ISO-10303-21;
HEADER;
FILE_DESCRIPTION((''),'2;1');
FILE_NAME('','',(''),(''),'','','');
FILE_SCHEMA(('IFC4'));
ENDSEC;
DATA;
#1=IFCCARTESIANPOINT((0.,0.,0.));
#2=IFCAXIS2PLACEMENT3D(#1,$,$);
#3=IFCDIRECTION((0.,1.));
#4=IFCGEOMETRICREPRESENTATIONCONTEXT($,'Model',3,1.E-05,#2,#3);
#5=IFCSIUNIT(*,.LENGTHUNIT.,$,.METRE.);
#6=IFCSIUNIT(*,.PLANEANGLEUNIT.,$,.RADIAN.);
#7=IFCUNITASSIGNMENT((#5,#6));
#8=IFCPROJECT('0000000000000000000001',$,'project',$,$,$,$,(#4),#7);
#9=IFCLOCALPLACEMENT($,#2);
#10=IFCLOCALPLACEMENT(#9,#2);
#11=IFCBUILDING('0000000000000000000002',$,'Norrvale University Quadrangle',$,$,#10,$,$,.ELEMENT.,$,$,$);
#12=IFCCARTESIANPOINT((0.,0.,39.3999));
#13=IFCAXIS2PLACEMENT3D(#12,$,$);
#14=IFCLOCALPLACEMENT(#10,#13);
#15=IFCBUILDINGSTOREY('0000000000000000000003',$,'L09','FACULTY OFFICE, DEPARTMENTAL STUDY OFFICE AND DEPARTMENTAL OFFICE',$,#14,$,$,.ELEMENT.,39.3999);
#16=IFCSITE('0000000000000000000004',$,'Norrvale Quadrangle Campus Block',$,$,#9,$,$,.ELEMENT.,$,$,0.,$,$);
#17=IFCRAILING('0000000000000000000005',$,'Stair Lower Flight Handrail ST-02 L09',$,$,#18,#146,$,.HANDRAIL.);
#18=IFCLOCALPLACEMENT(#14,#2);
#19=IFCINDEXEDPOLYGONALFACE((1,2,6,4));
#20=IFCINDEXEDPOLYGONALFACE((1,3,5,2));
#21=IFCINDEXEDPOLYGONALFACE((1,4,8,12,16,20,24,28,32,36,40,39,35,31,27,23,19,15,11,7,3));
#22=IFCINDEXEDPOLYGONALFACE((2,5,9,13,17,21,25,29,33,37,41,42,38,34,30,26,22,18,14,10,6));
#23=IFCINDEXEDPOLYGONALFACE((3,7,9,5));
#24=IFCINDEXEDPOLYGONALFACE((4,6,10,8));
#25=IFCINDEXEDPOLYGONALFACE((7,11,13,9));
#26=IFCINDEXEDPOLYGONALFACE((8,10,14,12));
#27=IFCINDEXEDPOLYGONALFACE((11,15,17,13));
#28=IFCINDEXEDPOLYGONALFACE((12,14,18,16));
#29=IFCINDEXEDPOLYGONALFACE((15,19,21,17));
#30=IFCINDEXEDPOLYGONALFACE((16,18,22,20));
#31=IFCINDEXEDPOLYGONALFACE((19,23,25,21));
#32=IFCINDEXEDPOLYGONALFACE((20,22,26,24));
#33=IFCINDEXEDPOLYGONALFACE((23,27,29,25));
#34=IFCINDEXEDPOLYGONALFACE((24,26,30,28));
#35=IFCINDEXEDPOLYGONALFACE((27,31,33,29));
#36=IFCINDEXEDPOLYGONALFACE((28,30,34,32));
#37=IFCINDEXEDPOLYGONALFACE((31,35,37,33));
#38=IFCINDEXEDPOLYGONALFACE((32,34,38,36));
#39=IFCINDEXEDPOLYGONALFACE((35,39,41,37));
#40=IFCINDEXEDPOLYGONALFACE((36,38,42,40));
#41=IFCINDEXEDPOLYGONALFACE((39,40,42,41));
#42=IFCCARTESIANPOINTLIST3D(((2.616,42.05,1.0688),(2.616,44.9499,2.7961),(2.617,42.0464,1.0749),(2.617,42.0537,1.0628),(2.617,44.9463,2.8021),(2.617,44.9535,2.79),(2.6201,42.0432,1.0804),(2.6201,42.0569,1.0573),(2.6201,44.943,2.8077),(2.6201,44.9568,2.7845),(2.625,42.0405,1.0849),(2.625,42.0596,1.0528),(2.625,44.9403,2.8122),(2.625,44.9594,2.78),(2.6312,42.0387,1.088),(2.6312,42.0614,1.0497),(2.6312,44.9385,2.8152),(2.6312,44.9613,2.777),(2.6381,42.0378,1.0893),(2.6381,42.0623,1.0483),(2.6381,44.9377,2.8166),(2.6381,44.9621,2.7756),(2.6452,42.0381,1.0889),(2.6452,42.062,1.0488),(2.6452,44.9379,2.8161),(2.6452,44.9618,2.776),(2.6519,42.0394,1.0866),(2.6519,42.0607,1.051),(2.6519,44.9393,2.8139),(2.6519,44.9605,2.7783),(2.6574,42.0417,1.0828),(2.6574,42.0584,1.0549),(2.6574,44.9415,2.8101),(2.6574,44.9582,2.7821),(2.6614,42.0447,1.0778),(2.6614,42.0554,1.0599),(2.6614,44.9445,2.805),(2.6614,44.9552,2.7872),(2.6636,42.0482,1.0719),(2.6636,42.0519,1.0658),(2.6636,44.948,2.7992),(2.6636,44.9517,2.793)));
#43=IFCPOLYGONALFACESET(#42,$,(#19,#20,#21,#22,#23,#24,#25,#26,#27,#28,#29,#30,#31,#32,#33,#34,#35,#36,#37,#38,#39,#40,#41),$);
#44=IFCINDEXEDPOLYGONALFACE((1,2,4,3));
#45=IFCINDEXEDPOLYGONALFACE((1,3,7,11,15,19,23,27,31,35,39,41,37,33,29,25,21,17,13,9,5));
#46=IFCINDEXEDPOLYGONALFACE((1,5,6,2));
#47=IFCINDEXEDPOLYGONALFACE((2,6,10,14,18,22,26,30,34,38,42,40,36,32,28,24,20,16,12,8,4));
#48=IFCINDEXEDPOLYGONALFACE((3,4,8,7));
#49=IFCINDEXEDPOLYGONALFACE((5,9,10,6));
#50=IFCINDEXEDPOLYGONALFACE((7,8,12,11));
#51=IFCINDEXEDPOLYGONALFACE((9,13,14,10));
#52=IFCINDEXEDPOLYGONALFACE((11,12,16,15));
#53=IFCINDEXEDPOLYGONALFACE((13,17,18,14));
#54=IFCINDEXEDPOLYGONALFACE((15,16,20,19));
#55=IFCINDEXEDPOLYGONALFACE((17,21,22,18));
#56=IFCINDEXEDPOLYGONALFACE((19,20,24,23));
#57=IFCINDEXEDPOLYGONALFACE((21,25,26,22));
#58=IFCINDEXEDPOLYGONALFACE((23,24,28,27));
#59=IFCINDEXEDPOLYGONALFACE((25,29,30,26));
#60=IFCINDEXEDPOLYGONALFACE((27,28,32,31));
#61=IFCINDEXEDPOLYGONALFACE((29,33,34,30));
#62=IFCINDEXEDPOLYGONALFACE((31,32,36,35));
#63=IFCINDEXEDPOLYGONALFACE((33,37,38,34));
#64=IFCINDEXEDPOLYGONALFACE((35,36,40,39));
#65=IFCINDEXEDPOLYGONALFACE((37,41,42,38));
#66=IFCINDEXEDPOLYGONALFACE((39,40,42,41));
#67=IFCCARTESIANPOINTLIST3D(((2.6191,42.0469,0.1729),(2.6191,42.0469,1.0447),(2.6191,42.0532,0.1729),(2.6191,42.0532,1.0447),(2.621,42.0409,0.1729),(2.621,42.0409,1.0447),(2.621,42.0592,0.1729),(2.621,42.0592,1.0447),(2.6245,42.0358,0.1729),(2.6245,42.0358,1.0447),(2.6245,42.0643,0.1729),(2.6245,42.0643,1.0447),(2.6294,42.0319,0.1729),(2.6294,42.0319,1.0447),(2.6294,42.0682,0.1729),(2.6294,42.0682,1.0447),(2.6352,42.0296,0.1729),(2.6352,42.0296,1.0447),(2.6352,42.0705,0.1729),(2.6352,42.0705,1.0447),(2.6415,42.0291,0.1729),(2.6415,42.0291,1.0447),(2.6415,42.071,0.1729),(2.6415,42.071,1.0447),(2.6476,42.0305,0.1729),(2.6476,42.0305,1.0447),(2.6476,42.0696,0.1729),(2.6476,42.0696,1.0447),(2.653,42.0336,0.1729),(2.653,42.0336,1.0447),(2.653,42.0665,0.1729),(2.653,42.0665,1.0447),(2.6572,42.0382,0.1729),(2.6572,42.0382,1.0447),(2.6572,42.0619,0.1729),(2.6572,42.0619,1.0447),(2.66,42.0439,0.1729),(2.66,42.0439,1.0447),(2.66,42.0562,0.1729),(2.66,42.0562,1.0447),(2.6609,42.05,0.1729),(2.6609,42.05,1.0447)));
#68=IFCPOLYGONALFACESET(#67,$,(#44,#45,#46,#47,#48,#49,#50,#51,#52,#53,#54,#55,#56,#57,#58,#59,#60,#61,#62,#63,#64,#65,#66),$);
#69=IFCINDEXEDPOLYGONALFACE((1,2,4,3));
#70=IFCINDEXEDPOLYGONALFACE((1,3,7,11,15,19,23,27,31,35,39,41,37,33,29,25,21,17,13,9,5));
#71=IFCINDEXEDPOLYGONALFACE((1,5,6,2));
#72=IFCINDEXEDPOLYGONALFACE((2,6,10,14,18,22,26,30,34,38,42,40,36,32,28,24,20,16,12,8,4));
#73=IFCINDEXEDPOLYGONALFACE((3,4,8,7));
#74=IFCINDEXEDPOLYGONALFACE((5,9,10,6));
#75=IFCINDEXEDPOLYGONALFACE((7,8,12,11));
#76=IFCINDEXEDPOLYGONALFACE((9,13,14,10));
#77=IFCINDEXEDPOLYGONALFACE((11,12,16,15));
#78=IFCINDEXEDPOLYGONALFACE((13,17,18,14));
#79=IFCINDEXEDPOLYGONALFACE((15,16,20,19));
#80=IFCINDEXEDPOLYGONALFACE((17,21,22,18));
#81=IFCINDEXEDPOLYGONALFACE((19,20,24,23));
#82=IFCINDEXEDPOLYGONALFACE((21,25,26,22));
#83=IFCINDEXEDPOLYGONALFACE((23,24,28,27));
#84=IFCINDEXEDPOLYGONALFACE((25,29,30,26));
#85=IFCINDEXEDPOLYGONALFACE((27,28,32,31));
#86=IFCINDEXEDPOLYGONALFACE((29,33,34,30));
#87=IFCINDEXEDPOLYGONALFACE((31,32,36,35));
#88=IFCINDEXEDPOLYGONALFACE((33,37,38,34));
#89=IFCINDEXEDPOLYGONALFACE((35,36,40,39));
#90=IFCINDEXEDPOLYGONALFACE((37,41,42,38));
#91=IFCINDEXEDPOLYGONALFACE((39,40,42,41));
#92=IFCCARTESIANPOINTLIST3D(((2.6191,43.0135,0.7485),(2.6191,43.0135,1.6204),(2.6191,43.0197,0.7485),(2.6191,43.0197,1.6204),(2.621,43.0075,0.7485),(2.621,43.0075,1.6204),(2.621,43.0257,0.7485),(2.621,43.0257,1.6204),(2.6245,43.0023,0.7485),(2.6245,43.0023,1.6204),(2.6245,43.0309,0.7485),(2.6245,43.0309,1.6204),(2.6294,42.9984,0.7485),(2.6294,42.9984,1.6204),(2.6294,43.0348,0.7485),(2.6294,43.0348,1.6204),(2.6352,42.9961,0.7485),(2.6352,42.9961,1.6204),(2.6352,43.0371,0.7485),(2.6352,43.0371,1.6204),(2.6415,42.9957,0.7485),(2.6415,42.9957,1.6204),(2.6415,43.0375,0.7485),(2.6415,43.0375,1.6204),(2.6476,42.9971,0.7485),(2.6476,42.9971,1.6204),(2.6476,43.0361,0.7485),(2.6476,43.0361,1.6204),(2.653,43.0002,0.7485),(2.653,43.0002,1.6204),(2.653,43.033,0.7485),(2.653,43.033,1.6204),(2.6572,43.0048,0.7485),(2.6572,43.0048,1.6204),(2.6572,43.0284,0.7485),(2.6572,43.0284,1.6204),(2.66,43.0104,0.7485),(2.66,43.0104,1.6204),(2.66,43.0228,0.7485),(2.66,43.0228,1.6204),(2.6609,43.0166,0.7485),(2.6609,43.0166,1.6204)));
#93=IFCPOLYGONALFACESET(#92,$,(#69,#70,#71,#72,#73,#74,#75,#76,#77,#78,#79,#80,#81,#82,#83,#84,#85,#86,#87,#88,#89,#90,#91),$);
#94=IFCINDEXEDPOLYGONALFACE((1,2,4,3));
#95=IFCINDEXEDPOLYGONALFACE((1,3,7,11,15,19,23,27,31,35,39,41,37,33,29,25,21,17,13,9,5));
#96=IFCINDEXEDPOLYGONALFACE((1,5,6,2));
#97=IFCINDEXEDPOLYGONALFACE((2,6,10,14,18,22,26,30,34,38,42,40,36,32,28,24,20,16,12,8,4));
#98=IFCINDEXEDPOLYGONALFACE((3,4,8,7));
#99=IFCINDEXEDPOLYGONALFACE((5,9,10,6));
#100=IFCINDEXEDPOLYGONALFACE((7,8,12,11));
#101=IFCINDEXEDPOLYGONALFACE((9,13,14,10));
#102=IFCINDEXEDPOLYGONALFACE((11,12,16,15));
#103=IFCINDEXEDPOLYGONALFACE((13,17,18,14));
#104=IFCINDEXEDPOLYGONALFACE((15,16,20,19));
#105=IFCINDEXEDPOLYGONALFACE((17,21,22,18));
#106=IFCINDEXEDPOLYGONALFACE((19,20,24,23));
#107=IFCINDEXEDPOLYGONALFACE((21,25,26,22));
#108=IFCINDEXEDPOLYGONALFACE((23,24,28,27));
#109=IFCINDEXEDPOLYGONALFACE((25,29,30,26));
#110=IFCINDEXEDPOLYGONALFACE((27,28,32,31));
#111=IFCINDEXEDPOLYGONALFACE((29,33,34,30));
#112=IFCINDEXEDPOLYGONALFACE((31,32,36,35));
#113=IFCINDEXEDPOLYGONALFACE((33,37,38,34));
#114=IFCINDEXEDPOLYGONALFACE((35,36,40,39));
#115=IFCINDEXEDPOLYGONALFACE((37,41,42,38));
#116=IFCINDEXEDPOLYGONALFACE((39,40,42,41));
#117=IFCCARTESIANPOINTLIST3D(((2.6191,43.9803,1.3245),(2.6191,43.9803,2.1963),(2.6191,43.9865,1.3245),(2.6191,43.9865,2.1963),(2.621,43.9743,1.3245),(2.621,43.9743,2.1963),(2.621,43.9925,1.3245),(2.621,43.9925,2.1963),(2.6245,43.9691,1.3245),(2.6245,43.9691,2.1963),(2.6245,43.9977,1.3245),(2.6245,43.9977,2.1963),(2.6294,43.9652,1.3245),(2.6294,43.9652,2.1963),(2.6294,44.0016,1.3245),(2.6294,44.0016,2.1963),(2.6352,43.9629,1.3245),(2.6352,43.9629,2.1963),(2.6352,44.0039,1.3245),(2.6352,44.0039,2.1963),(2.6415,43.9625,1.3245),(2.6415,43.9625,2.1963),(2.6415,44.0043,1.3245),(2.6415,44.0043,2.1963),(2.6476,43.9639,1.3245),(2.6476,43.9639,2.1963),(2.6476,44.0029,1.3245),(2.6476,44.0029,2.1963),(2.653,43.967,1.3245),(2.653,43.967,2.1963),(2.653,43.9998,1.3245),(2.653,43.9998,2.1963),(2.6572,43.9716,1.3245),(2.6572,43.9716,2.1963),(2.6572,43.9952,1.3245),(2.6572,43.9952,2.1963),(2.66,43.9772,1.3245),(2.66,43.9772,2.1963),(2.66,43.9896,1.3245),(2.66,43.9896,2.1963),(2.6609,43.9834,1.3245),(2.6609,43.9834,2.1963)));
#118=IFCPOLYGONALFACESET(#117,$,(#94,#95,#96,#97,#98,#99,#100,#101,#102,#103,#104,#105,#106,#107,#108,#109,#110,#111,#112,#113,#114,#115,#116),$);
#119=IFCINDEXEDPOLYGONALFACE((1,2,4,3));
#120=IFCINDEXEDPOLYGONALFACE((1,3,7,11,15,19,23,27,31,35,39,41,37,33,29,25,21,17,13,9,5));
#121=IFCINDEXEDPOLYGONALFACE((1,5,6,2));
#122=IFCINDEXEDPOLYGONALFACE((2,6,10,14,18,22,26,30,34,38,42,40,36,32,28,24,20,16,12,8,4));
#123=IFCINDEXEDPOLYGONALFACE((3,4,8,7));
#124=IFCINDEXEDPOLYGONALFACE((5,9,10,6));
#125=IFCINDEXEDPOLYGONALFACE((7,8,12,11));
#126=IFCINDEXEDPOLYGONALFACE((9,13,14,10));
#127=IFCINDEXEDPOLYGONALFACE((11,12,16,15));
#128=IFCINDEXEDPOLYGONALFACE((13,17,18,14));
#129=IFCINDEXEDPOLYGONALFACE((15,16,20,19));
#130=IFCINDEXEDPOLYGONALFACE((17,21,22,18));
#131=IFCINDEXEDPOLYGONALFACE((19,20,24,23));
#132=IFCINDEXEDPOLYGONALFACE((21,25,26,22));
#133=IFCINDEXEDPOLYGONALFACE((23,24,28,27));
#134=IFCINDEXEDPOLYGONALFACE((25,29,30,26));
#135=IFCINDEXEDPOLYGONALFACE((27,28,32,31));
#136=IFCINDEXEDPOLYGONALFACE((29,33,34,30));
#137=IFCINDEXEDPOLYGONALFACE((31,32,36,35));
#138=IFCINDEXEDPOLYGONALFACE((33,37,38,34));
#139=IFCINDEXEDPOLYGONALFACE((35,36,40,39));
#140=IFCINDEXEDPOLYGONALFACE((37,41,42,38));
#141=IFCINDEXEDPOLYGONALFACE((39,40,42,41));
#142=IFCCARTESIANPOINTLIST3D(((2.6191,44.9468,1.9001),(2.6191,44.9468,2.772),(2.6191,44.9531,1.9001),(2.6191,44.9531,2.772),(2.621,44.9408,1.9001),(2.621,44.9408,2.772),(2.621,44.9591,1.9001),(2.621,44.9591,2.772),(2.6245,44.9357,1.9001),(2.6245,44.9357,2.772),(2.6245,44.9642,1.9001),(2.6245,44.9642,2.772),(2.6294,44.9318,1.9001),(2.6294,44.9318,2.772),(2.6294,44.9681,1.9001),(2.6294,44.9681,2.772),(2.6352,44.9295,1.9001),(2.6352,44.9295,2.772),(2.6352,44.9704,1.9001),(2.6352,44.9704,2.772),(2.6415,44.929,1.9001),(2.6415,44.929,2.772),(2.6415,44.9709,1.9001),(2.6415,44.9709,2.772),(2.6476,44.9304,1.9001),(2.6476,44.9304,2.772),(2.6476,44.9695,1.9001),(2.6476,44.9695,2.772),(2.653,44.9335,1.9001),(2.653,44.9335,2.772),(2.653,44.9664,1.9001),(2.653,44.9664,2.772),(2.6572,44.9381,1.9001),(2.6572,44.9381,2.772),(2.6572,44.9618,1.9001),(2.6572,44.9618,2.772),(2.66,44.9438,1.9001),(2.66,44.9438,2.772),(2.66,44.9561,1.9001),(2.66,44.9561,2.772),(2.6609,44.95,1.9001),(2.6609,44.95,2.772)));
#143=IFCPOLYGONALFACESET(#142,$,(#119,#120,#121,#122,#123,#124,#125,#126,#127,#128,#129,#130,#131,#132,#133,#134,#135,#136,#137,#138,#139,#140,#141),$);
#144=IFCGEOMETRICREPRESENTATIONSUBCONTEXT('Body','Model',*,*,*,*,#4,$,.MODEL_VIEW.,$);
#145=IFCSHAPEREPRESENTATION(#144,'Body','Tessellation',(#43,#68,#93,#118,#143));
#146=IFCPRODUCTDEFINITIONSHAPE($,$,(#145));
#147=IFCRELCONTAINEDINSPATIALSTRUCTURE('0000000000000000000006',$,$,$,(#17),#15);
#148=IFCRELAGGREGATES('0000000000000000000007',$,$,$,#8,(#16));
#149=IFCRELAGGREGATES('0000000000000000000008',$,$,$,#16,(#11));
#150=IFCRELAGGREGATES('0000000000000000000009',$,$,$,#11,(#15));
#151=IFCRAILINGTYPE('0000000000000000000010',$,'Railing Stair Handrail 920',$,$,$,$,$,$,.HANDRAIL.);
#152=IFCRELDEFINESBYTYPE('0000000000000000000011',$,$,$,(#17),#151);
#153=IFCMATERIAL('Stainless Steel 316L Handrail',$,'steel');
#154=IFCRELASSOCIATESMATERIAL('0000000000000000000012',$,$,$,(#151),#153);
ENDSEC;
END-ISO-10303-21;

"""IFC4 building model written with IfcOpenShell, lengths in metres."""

from ifc_helpers import new_model, si_unit, direction, frame, origin, origin_2d, place, context, subcontext, project, spatial, circle, extrude, material, type_object, element, save


model = new_model("IFC4")

# Units and contexts
model_context = context("Model", 3, precision=1e-05, world=origin(), true_north=direction((0.0, 1.0)))
body_context = subcontext(model_context, "Body", "Model", "MODEL_VIEW")
ifc_project = project(units=[si_unit("LENGTHUNIT", "METRE"), si_unit("PLANEANGLEUNIT", "RADIAN")], contexts=[model_context])

# Site, building, storey
site_placement = place(None, origin())
site = spatial("IfcSite", under=ifc_project, at=site_placement, Name="Norrvale Quadrangle Campus Block", CompositionType="ELEMENT", RefElevation=0.0)
building_placement = place(site_placement, origin())
building = spatial("IfcBuilding", under=site, at=building_placement, Name="Norrvale University Quadrangle", CompositionType="ELEMENT")
storey_placement = place(building_placement, frame((0.0, 0.0, 39.3999)))
storey = spatial("IfcBuildingStorey", under=building, at=storey_placement, Name="L09", Description="FACULTY OFFICE, DEPARTMENTAL STUDY OFFICE AND DEPARTMENTAL OFFICE", CompositionType="ELEMENT", Elevation=39.3999)

# Railing
ifc_material_1 = material(Name="Stainless Steel 316L Handrail", Category="steel")
railing_type_1 = type_object("IfcRailingType", Name="Railing Stair Handrail 920", PredefinedType="HANDRAIL", material=ifc_material_1)
railing_1_placement = place(storey_placement, frame((2.6399, 42.05, 0.1729)))
element("IfcRailing", 1, at=railing_1_placement, inside=storey, type_object=railing_type_1, Name="Stair Lower Flight Handrail ST-02 L09", PredefinedType="HANDRAIL", context=body_context, shape_type="SweptSolid", body=[
    extrude(circle(Radius=0.0239, at=origin_2d()), frame((0.0, 0.0, 0.896), z_axis=(0.0, 0.859141, 0.511738), x_axis=(-1.0, 0.0, 0.0)), (0.0, 0.0, 1.0), 3.3752),
    extrude(circle(Radius=0.021, at=origin_2d()), origin(), (0.0, 0.0, 1.0), 0.8718),
    extrude(circle(Radius=0.021, at=origin_2d()), frame((0.0, 0.9666, 0.5757)), (0.0, 0.0, 1.0), 0.8718),
    extrude(circle(Radius=0.021, at=origin_2d()), frame((0.0, 1.9333, 1.1516)), (0.0, 0.0, 1.0), 0.8718),
    extrude(circle(Radius=0.021, at=origin_2d()), frame((0.0, 2.8999, 1.7273)), (0.0, 0.0, 1.0), 0.8718),
])

save(model, "model.ifc")
